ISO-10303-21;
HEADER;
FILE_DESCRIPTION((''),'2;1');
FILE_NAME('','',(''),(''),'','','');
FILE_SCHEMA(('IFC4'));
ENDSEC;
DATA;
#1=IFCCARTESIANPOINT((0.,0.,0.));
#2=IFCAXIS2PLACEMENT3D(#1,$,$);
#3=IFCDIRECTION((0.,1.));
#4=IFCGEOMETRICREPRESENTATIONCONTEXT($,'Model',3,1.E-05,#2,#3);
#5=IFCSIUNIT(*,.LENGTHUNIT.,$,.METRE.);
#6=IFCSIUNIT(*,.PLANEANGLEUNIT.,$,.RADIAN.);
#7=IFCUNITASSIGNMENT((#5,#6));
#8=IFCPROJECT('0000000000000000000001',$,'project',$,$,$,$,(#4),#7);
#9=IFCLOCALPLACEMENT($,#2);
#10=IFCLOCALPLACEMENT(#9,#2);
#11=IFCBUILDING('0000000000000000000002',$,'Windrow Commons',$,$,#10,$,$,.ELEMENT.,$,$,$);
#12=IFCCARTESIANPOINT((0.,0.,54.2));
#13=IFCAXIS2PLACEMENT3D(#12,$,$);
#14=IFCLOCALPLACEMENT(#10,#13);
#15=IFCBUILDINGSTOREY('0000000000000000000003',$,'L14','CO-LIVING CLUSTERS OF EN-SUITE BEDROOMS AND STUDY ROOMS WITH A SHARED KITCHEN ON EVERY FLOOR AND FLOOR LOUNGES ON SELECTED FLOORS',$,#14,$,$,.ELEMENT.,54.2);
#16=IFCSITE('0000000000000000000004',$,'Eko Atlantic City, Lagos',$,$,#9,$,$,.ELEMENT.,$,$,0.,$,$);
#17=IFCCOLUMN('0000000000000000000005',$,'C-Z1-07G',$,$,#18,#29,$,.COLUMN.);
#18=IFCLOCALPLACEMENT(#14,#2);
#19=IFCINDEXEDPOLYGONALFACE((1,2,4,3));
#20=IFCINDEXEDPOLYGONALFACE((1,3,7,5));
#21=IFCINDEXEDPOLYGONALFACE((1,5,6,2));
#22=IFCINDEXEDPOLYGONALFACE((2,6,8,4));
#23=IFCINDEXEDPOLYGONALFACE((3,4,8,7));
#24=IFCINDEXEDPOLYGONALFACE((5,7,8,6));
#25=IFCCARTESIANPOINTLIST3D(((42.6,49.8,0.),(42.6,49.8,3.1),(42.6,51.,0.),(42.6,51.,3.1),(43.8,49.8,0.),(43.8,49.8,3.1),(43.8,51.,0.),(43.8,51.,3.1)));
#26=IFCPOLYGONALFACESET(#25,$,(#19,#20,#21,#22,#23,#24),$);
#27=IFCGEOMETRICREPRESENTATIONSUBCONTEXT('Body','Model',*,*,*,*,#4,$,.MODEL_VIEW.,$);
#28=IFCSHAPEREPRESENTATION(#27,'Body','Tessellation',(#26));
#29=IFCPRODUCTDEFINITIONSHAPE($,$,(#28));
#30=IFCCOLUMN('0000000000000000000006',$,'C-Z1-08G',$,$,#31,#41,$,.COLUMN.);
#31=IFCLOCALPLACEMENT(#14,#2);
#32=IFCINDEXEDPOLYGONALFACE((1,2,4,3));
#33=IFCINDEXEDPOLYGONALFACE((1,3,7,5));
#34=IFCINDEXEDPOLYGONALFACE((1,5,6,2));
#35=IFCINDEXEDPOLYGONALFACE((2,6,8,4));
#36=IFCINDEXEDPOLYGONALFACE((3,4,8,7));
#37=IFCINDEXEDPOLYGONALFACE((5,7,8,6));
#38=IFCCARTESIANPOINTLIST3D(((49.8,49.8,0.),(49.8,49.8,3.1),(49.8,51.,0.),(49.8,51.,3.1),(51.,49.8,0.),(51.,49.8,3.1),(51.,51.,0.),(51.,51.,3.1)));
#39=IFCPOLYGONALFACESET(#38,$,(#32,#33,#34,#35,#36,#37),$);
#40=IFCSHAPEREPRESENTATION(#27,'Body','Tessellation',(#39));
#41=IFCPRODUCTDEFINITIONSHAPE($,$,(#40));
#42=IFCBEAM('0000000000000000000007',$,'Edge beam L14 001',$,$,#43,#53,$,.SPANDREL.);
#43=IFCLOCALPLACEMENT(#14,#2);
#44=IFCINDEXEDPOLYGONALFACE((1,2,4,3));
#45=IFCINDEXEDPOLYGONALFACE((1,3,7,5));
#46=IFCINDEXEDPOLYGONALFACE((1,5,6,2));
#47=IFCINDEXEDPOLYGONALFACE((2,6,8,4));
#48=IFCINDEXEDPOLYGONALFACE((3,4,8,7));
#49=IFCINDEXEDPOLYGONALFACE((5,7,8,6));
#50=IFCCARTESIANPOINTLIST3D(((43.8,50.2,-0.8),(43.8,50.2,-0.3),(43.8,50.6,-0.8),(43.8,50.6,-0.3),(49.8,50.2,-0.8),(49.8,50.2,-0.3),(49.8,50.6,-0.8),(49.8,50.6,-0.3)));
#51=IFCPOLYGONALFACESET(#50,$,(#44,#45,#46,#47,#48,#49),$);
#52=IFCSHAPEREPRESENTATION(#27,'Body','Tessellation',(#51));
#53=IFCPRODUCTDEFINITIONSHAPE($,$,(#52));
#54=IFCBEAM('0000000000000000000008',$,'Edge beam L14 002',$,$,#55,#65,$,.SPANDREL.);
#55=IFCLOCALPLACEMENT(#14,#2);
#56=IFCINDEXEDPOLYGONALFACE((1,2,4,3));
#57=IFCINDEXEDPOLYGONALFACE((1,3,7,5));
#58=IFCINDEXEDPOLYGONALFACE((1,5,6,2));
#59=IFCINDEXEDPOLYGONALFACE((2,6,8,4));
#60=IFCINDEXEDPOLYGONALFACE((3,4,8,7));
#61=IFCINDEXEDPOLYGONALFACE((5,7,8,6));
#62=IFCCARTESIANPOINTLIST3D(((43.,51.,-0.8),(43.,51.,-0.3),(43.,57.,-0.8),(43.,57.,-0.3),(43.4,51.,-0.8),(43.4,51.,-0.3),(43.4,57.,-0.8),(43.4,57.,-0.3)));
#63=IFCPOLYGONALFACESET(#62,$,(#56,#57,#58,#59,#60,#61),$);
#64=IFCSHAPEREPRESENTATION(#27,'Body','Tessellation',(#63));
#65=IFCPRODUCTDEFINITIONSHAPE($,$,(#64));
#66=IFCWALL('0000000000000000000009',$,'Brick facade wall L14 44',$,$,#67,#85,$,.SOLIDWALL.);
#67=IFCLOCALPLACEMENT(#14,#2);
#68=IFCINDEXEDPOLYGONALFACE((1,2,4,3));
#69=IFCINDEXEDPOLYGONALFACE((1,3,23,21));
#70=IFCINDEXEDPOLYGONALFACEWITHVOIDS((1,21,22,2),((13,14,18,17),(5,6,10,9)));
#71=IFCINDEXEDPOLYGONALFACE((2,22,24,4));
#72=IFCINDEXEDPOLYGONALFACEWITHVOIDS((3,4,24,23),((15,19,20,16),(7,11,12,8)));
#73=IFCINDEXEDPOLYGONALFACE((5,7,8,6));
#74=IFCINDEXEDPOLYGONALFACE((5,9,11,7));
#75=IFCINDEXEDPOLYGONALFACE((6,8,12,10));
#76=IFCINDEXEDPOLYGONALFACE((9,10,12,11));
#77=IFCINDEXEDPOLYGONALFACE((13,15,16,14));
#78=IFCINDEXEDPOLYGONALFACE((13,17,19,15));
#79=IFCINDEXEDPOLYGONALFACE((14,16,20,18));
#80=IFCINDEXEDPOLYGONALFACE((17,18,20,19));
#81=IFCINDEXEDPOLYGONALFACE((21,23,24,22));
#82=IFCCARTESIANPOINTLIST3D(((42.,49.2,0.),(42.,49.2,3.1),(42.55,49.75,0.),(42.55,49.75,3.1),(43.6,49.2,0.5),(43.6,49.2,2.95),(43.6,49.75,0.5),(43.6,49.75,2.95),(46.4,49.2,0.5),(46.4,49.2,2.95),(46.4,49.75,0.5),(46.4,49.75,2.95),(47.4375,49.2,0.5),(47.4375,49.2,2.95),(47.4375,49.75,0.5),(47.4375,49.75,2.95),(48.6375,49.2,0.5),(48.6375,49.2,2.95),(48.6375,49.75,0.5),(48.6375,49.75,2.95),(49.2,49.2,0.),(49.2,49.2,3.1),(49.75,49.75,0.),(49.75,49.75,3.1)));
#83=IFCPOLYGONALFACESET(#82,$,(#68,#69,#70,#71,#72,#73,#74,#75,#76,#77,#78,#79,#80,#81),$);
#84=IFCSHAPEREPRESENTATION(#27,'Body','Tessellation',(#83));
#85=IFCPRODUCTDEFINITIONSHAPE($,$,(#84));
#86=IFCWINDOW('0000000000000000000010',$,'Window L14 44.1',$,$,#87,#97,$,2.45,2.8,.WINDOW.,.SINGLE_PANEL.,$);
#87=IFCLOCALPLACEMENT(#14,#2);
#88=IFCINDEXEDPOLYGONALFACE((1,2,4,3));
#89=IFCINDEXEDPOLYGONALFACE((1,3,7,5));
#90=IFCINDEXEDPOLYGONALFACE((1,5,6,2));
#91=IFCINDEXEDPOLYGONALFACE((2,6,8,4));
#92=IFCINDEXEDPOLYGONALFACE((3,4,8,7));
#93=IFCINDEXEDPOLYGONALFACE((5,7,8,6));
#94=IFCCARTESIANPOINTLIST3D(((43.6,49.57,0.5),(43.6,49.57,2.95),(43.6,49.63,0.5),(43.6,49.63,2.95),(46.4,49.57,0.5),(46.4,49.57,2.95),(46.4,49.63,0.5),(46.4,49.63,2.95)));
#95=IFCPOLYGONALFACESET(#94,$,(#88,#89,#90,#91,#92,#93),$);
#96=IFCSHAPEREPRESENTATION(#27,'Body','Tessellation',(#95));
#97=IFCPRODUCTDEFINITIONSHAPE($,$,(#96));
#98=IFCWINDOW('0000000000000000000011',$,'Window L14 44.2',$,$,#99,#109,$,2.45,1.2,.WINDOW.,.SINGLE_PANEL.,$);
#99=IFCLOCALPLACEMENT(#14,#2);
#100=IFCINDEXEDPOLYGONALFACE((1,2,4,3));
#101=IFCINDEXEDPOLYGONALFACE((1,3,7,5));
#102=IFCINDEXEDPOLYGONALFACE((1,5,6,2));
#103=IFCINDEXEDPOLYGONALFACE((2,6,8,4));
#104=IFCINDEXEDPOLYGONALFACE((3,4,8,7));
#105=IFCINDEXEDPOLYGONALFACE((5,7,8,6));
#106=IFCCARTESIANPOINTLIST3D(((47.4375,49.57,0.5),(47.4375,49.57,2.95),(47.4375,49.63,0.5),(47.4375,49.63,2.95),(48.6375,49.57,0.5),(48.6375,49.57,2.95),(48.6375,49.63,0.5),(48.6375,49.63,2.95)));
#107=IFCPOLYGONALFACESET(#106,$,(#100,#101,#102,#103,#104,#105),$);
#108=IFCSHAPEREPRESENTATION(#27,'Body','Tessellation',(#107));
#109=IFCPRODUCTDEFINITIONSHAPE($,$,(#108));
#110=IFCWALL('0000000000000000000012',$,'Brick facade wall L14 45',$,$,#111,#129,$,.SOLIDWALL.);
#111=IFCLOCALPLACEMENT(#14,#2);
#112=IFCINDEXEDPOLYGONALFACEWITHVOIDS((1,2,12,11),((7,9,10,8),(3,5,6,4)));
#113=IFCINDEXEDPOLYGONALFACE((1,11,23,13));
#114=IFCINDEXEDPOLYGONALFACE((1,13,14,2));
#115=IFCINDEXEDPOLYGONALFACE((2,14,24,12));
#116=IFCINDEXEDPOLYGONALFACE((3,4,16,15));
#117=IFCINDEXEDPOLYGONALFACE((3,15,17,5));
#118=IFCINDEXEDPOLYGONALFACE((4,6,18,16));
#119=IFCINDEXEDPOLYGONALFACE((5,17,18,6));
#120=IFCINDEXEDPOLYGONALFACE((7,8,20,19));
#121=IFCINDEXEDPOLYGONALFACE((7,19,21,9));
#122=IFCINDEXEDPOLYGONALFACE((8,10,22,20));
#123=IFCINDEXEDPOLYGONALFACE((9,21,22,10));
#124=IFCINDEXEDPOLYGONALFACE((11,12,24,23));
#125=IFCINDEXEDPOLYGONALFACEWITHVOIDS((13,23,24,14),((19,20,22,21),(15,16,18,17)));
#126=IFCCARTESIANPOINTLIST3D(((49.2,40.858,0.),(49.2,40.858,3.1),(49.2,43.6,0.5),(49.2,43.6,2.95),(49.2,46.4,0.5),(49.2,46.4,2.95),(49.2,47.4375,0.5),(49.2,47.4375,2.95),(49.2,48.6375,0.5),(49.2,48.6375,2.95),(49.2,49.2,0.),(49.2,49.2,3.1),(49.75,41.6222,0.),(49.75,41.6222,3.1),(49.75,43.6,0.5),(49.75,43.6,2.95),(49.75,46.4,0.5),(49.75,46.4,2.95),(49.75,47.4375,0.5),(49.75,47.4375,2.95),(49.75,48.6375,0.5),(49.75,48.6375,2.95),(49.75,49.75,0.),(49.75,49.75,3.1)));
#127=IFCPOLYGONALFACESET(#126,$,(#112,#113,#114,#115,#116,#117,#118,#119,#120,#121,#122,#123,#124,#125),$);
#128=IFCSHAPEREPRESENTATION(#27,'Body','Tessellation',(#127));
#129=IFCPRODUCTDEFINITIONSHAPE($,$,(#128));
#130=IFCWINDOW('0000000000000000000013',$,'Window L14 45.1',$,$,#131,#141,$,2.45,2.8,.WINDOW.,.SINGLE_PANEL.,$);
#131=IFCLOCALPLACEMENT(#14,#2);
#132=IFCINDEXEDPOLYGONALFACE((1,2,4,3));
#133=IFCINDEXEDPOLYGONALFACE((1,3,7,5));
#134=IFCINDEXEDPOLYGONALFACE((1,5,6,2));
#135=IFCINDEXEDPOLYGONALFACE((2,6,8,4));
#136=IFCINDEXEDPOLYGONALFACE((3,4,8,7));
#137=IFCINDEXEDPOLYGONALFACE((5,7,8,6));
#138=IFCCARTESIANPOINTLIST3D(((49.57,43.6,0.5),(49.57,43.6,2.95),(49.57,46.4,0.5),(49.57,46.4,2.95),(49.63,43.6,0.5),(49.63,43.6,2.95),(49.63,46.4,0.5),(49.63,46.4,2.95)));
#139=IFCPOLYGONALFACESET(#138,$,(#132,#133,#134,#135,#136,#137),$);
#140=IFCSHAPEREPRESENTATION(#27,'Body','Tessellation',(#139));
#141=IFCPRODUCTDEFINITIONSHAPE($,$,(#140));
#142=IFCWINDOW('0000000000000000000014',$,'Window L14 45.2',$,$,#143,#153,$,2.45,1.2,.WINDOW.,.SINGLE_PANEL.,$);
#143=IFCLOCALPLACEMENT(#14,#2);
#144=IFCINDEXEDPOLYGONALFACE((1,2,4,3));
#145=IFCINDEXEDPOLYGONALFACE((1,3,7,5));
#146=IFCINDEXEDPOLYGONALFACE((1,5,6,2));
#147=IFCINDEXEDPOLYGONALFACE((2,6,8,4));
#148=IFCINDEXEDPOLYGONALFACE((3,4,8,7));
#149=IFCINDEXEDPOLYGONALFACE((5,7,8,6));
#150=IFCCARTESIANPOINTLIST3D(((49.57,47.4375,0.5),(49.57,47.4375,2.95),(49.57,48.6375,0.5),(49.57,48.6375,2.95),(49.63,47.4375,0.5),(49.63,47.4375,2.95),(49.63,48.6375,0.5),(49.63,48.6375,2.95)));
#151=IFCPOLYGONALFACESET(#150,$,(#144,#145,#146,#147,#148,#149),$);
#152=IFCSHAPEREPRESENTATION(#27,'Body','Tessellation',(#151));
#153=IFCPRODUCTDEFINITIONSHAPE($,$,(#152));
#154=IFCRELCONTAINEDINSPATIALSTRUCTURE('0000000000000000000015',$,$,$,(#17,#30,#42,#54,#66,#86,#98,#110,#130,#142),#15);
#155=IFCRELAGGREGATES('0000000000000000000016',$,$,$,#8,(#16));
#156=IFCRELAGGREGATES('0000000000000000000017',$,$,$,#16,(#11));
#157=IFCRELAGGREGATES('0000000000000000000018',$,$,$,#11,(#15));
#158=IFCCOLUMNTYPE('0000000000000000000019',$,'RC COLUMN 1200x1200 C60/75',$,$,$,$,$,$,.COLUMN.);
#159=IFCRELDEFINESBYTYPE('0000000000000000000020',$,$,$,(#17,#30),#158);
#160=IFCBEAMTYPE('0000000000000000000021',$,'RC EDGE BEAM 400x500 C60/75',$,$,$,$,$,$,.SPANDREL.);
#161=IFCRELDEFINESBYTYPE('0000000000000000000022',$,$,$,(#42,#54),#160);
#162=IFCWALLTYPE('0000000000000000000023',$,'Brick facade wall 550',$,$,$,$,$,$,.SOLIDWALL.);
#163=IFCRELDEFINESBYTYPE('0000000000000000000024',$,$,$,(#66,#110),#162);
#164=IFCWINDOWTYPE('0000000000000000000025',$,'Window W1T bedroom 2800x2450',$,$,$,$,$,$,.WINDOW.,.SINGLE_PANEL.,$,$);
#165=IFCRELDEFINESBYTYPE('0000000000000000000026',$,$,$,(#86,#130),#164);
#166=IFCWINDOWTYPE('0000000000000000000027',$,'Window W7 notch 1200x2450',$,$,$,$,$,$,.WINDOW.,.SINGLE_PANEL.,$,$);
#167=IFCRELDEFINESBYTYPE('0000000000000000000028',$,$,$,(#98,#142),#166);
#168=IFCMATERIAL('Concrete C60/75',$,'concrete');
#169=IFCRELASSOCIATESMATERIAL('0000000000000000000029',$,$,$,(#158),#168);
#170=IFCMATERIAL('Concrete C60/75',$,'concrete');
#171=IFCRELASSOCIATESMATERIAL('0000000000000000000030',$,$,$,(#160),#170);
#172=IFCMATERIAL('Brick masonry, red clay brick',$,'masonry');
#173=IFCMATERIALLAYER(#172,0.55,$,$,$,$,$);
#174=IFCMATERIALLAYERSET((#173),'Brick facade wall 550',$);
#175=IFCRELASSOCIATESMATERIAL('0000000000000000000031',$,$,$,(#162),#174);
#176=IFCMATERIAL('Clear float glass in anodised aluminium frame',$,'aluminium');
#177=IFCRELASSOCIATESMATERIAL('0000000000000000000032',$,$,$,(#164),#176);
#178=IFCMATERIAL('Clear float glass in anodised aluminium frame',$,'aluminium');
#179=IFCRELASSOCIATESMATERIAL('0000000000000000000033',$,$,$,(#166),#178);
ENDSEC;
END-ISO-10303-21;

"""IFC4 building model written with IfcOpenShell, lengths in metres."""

from ifc_helpers import new_model, si_unit, direction, frame, frame_2d, origin, origin_2d, place, context, subcontext, project, spatial, polyline, rectangle, outline, extrude, material, layer, layer_set, material_profile, profile_set, type_object, element, fill, save


model = new_model("IFC4")

# Units and contexts
model_context = context("Model", 3, precision=1e-05, world=origin(), true_north=direction((0.0, 1.0)))
body_context = subcontext(model_context, "Body", "Model", "MODEL_VIEW")
ifc_project = project(units=[si_unit("LENGTHUNIT", "METRE"), si_unit("PLANEANGLEUNIT", "RADIAN")], contexts=[model_context])

# Site, building, storey
site_placement = place(None, origin())
site = spatial("IfcSite", under=ifc_project, at=site_placement, Name="Eko Atlantic City, Lagos", CompositionType="ELEMENT", RefElevation=0.0)
building_placement = place(site_placement, origin())
building = spatial("IfcBuilding", under=site, at=building_placement, Name="Windrow Commons", CompositionType="ELEMENT")
storey_placement = place(building_placement, frame((0.0, 0.0, 54.2)))
storey = spatial("IfcBuildingStorey", under=building, at=storey_placement, Name="L14", Description="CO-LIVING CLUSTERS OF EN-SUITE BEDROOMS AND STUDY ROOMS WITH A SHARED KITCHEN ON EVERY FLOOR AND FLOOR LOUNGES ON SELECTED FLOORS", CompositionType="ELEMENT", Elevation=54.2)

# Columns
ifc_material_1 = material(Name="Concrete C60/75", Category="concrete")
ifc_material_profile_1 = material_profile(ifc_material_1, rectangle(XDim=1.2, YDim=1.2, at=origin_2d()))
ifc_profile_set_1 = profile_set([ifc_material_profile_1], Name="Concrete C60/75")
column_type = type_object("IfcColumnType", Name="RC COLUMN 1200x1200 C60/75", PredefinedType="COLUMN", material=ifc_profile_set_1)
for number, where, z_axis, x_axis, name in (
    (1, (43.2, 50.4, 0.0), (0.0, 0.0, 1.0), (1.0, 0.0, 0.0), "C-Z1-07G"),
    (2, (50.4, 50.4, 0.0), (0.0, 0.0, 1.0), (1.0, 0.0, 0.0), "C-Z1-08G"),
):
    element("IfcColumn", number, at=place(storey_placement, frame(where, z_axis=z_axis, x_axis=x_axis)), inside=storey, type_object=column_type, Name=name, PredefinedType="COLUMN", context=body_context, shape_type="SweptSolid", body=[
        extrude(rectangle(XDim=1.2, YDim=1.2, at=origin_2d()), origin(), (0.0, 0.0, 1.0), 3.1),
    ])

# Beams
ifc_material_2 = material(Name="Concrete C60/75", Category="concrete")
ifc_material_profile_2 = material_profile(ifc_material_2, rectangle(XDim=0.4, YDim=0.5, at=origin_2d()))
ifc_profile_set_2 = profile_set([ifc_material_profile_2], Name="Concrete C60/75")
beam_type = type_object("IfcBeamType", Name="RC EDGE BEAM 400x500 C60/75", PredefinedType="SPANDREL", material=ifc_profile_set_2)
for number, where, z_axis, x_axis, name in (
    (3, (49.8, 50.4, -0.55), (-1.0, 0.0, 0.0), (0.0, -1.0, 0.0), "Edge beam L14 001"),
    (4, (43.2, 51.0, -0.55), (0.0, 1.0, 0.0), (-1.0, 0.0, 0.0), "Edge beam L14 002"),
):
    element("IfcBeam", number, at=place(storey_placement, frame(where, z_axis=z_axis, x_axis=x_axis)), inside=storey, type_object=beam_type, Name=name, PredefinedType="SPANDREL", context=body_context, shape_type="SweptSolid", body=[
        extrude(rectangle(XDim=0.4, YDim=0.5, at=origin_2d()), origin(), (0.0, 0.0, 1.0), 6.0),
    ])

# Walls, openings, windows
ifc_material_3 = material(Name="Brick masonry, red clay brick", Category="masonry")
ifc_layer_1 = layer(ifc_material_3, 0.55)
ifc_layer_set_1 = layer_set([ifc_layer_1], Name="Brick facade wall 550")
wall_type_1 = type_object("IfcWallType", Name="Brick facade wall 550", PredefinedType="SOLIDWALL", material=ifc_layer_set_1)
wall_1_placement = place(storey_placement, frame((42.275, 49.475, 0.0), z_axis=(0.0, 0.0, 1.0), x_axis=(1.0, 0.0, 0.0)))
wall_1 = element("IfcWall", 5, at=wall_1_placement, inside=storey, type_object=wall_type_1, Name="Brick facade wall L14 44", PredefinedType="SOLIDWALL", context=body_context, shape_type="SweptSolid", body=[
    extrude(outline(polyline([(-0.275, -0.275), (6.925, -0.275), (7.475, 0.275), (0.275, 0.275), (-0.275, -0.275)])), origin(), (0.0, 0.0, 1.0), 3.1),
])
opening_1_placement = place(wall_1_placement, frame((1.325, 0.0, 0.5)))
opening_1 = element("IfcOpeningElement", 6, at=opening_1_placement, cuts=wall_1, PredefinedType="OPENING", context=body_context, shape_type="SweptSolid", body=[
    extrude(rectangle(XDim=2.8, YDim=2.45, at=frame_2d((1.4, 1.225))), frame((0.0, 0.285, 0.0), z_axis=(0.0, -1.0, 0.0), x_axis=(1.0, 0.0, 0.0)), (0.0, 0.0, 1.0), 0.57),
])
opening_2_placement = place(wall_1_placement, frame((5.1625, 0.0, 0.5)))
opening_2 = element("IfcOpeningElement", 7, at=opening_2_placement, cuts=wall_1, PredefinedType="OPENING", context=body_context, shape_type="SweptSolid", body=[
    extrude(rectangle(XDim=1.2, YDim=2.45, at=frame_2d((0.6, 1.225))), frame((0.0, 0.285, 0.0), z_axis=(0.0, -1.0, 0.0), x_axis=(1.0, 0.0, 0.0)), (0.0, 0.0, 1.0), 0.57),
])
ifc_material_4 = material(Name="Clear float glass in anodised aluminium frame", Category="aluminium")
window_type_1 = type_object("IfcWindowType", Name="Window W1T bedroom 2800x2450", PartitioningType="SINGLE_PANEL", PredefinedType="WINDOW", material=ifc_material_4)
window_1_placement = place(opening_1_placement, origin())
window_1 = element("IfcWindow", 8, at=window_1_placement, inside=storey, type_object=window_type_1, Name="Window L14 44.1", OverallHeight=2.45, OverallWidth=2.8, PartitioningType="SINGLE_PANEL", PredefinedType="WINDOW", context=body_context, shape_type="SweptSolid", body=[
    extrude(rectangle(XDim=2.8, YDim=2.45, at=frame_2d((1.4, 1.225))), frame((0.0, 0.155, 0.0), z_axis=(0.0, -1.0, 0.0), x_axis=(1.0, 0.0, 0.0)), (0.0, 0.0, 1.0), 0.06),
])
fill(opening_1, window_1)
ifc_material_5 = material(Name="Clear float glass in anodised aluminium frame", Category="aluminium")
window_type_2 = type_object("IfcWindowType", Name="Window W7 notch 1200x2450", PartitioningType="SINGLE_PANEL", PredefinedType="WINDOW", material=ifc_material_5)
window_2_placement = place(opening_2_placement, origin())
window_2 = element("IfcWindow", 9, at=window_2_placement, inside=storey, type_object=window_type_2, Name="Window L14 44.2", OverallHeight=2.45, OverallWidth=1.2, PartitioningType="SINGLE_PANEL", PredefinedType="WINDOW", context=body_context, shape_type="SweptSolid", body=[
    extrude(rectangle(XDim=1.2, YDim=2.45, at=frame_2d((0.6, 1.225))), frame((0.0, 0.155, 0.0), z_axis=(0.0, -1.0, 0.0), x_axis=(1.0, 0.0, 0.0)), (0.0, 0.0, 1.0), 0.06),
])
fill(opening_2, window_2)
wall_2_placement = place(storey_placement, frame((49.475, 49.475, 0.0), z_axis=(0.0, 0.0, 1.0), x_axis=(0.0, -1.0, 0.0)))
wall_2 = element("IfcWall", 10, at=wall_2_placement, inside=storey, type_object=wall_type_1, Name="Brick facade wall L14 45", PredefinedType="SOLIDWALL", context=body_context, shape_type="SweptSolid", body=[
    extrude(outline(polyline([(0.275, -0.275), (8.617, -0.275), (7.8528, 0.275), (-0.275, 0.275), (0.275, -0.275)])), origin(), (0.0, 0.0, 1.0), 3.1),
])
opening_3_placement = place(wall_2_placement, frame((3.075, 0.0, 0.5)))
opening_3 = element("IfcOpeningElement", 11, at=opening_3_placement, cuts=wall_2, PredefinedType="OPENING", context=body_context, shape_type="SweptSolid", body=[
    extrude(rectangle(XDim=2.8, YDim=2.45, at=frame_2d((1.4, 1.225))), frame((0.0, 0.285, 0.0), z_axis=(0.0, -1.0, 0.0), x_axis=(1.0, 0.0, 0.0)), (0.0, 0.0, 1.0), 0.57),
])
opening_4_placement = place(wall_2_placement, frame((0.8375, 0.0, 0.5)))
opening_4 = element("IfcOpeningElement", 12, at=opening_4_placement, cuts=wall_2, PredefinedType="OPENING", context=body_context, shape_type="SweptSolid", body=[
    extrude(rectangle(XDim=1.2, YDim=2.45, at=frame_2d((0.6, 1.225))), frame((0.0, 0.285, 0.0), z_axis=(0.0, -1.0, 0.0), x_axis=(1.0, 0.0, 0.0)), (0.0, 0.0, 1.0), 0.57),
])
window_3_placement = place(opening_3_placement, origin())
window_3 = element("IfcWindow", 13, at=window_3_placement, inside=storey, type_object=window_type_1, Name="Window L14 45.1", OverallHeight=2.45, OverallWidth=2.8, PartitioningType="SINGLE_PANEL", PredefinedType="WINDOW", context=body_context, shape_type="SweptSolid", body=[
    extrude(rectangle(XDim=2.8, YDim=2.45, at=frame_2d((1.4, 1.225))), frame((0.0, 0.155, 0.0), z_axis=(0.0, -1.0, 0.0), x_axis=(1.0, 0.0, 0.0)), (0.0, 0.0, 1.0), 0.06),
])
fill(opening_3, window_3)
window_4_placement = place(opening_4_placement, origin())
window_4 = element("IfcWindow", 14, at=window_4_placement, inside=storey, type_object=window_type_2, Name="Window L14 45.2", OverallHeight=2.45, OverallWidth=1.2, PartitioningType="SINGLE_PANEL", PredefinedType="WINDOW", context=body_context, shape_type="SweptSolid", body=[
    extrude(rectangle(XDim=1.2, YDim=2.45, at=frame_2d((0.6, 1.225))), frame((0.0, 0.155, 0.0), z_axis=(0.0, -1.0, 0.0), x_axis=(1.0, 0.0, 0.0)), (0.0, 0.0, 1.0), 0.06),
])
fill(opening_4, window_4)

save(model, "model.ifc")
